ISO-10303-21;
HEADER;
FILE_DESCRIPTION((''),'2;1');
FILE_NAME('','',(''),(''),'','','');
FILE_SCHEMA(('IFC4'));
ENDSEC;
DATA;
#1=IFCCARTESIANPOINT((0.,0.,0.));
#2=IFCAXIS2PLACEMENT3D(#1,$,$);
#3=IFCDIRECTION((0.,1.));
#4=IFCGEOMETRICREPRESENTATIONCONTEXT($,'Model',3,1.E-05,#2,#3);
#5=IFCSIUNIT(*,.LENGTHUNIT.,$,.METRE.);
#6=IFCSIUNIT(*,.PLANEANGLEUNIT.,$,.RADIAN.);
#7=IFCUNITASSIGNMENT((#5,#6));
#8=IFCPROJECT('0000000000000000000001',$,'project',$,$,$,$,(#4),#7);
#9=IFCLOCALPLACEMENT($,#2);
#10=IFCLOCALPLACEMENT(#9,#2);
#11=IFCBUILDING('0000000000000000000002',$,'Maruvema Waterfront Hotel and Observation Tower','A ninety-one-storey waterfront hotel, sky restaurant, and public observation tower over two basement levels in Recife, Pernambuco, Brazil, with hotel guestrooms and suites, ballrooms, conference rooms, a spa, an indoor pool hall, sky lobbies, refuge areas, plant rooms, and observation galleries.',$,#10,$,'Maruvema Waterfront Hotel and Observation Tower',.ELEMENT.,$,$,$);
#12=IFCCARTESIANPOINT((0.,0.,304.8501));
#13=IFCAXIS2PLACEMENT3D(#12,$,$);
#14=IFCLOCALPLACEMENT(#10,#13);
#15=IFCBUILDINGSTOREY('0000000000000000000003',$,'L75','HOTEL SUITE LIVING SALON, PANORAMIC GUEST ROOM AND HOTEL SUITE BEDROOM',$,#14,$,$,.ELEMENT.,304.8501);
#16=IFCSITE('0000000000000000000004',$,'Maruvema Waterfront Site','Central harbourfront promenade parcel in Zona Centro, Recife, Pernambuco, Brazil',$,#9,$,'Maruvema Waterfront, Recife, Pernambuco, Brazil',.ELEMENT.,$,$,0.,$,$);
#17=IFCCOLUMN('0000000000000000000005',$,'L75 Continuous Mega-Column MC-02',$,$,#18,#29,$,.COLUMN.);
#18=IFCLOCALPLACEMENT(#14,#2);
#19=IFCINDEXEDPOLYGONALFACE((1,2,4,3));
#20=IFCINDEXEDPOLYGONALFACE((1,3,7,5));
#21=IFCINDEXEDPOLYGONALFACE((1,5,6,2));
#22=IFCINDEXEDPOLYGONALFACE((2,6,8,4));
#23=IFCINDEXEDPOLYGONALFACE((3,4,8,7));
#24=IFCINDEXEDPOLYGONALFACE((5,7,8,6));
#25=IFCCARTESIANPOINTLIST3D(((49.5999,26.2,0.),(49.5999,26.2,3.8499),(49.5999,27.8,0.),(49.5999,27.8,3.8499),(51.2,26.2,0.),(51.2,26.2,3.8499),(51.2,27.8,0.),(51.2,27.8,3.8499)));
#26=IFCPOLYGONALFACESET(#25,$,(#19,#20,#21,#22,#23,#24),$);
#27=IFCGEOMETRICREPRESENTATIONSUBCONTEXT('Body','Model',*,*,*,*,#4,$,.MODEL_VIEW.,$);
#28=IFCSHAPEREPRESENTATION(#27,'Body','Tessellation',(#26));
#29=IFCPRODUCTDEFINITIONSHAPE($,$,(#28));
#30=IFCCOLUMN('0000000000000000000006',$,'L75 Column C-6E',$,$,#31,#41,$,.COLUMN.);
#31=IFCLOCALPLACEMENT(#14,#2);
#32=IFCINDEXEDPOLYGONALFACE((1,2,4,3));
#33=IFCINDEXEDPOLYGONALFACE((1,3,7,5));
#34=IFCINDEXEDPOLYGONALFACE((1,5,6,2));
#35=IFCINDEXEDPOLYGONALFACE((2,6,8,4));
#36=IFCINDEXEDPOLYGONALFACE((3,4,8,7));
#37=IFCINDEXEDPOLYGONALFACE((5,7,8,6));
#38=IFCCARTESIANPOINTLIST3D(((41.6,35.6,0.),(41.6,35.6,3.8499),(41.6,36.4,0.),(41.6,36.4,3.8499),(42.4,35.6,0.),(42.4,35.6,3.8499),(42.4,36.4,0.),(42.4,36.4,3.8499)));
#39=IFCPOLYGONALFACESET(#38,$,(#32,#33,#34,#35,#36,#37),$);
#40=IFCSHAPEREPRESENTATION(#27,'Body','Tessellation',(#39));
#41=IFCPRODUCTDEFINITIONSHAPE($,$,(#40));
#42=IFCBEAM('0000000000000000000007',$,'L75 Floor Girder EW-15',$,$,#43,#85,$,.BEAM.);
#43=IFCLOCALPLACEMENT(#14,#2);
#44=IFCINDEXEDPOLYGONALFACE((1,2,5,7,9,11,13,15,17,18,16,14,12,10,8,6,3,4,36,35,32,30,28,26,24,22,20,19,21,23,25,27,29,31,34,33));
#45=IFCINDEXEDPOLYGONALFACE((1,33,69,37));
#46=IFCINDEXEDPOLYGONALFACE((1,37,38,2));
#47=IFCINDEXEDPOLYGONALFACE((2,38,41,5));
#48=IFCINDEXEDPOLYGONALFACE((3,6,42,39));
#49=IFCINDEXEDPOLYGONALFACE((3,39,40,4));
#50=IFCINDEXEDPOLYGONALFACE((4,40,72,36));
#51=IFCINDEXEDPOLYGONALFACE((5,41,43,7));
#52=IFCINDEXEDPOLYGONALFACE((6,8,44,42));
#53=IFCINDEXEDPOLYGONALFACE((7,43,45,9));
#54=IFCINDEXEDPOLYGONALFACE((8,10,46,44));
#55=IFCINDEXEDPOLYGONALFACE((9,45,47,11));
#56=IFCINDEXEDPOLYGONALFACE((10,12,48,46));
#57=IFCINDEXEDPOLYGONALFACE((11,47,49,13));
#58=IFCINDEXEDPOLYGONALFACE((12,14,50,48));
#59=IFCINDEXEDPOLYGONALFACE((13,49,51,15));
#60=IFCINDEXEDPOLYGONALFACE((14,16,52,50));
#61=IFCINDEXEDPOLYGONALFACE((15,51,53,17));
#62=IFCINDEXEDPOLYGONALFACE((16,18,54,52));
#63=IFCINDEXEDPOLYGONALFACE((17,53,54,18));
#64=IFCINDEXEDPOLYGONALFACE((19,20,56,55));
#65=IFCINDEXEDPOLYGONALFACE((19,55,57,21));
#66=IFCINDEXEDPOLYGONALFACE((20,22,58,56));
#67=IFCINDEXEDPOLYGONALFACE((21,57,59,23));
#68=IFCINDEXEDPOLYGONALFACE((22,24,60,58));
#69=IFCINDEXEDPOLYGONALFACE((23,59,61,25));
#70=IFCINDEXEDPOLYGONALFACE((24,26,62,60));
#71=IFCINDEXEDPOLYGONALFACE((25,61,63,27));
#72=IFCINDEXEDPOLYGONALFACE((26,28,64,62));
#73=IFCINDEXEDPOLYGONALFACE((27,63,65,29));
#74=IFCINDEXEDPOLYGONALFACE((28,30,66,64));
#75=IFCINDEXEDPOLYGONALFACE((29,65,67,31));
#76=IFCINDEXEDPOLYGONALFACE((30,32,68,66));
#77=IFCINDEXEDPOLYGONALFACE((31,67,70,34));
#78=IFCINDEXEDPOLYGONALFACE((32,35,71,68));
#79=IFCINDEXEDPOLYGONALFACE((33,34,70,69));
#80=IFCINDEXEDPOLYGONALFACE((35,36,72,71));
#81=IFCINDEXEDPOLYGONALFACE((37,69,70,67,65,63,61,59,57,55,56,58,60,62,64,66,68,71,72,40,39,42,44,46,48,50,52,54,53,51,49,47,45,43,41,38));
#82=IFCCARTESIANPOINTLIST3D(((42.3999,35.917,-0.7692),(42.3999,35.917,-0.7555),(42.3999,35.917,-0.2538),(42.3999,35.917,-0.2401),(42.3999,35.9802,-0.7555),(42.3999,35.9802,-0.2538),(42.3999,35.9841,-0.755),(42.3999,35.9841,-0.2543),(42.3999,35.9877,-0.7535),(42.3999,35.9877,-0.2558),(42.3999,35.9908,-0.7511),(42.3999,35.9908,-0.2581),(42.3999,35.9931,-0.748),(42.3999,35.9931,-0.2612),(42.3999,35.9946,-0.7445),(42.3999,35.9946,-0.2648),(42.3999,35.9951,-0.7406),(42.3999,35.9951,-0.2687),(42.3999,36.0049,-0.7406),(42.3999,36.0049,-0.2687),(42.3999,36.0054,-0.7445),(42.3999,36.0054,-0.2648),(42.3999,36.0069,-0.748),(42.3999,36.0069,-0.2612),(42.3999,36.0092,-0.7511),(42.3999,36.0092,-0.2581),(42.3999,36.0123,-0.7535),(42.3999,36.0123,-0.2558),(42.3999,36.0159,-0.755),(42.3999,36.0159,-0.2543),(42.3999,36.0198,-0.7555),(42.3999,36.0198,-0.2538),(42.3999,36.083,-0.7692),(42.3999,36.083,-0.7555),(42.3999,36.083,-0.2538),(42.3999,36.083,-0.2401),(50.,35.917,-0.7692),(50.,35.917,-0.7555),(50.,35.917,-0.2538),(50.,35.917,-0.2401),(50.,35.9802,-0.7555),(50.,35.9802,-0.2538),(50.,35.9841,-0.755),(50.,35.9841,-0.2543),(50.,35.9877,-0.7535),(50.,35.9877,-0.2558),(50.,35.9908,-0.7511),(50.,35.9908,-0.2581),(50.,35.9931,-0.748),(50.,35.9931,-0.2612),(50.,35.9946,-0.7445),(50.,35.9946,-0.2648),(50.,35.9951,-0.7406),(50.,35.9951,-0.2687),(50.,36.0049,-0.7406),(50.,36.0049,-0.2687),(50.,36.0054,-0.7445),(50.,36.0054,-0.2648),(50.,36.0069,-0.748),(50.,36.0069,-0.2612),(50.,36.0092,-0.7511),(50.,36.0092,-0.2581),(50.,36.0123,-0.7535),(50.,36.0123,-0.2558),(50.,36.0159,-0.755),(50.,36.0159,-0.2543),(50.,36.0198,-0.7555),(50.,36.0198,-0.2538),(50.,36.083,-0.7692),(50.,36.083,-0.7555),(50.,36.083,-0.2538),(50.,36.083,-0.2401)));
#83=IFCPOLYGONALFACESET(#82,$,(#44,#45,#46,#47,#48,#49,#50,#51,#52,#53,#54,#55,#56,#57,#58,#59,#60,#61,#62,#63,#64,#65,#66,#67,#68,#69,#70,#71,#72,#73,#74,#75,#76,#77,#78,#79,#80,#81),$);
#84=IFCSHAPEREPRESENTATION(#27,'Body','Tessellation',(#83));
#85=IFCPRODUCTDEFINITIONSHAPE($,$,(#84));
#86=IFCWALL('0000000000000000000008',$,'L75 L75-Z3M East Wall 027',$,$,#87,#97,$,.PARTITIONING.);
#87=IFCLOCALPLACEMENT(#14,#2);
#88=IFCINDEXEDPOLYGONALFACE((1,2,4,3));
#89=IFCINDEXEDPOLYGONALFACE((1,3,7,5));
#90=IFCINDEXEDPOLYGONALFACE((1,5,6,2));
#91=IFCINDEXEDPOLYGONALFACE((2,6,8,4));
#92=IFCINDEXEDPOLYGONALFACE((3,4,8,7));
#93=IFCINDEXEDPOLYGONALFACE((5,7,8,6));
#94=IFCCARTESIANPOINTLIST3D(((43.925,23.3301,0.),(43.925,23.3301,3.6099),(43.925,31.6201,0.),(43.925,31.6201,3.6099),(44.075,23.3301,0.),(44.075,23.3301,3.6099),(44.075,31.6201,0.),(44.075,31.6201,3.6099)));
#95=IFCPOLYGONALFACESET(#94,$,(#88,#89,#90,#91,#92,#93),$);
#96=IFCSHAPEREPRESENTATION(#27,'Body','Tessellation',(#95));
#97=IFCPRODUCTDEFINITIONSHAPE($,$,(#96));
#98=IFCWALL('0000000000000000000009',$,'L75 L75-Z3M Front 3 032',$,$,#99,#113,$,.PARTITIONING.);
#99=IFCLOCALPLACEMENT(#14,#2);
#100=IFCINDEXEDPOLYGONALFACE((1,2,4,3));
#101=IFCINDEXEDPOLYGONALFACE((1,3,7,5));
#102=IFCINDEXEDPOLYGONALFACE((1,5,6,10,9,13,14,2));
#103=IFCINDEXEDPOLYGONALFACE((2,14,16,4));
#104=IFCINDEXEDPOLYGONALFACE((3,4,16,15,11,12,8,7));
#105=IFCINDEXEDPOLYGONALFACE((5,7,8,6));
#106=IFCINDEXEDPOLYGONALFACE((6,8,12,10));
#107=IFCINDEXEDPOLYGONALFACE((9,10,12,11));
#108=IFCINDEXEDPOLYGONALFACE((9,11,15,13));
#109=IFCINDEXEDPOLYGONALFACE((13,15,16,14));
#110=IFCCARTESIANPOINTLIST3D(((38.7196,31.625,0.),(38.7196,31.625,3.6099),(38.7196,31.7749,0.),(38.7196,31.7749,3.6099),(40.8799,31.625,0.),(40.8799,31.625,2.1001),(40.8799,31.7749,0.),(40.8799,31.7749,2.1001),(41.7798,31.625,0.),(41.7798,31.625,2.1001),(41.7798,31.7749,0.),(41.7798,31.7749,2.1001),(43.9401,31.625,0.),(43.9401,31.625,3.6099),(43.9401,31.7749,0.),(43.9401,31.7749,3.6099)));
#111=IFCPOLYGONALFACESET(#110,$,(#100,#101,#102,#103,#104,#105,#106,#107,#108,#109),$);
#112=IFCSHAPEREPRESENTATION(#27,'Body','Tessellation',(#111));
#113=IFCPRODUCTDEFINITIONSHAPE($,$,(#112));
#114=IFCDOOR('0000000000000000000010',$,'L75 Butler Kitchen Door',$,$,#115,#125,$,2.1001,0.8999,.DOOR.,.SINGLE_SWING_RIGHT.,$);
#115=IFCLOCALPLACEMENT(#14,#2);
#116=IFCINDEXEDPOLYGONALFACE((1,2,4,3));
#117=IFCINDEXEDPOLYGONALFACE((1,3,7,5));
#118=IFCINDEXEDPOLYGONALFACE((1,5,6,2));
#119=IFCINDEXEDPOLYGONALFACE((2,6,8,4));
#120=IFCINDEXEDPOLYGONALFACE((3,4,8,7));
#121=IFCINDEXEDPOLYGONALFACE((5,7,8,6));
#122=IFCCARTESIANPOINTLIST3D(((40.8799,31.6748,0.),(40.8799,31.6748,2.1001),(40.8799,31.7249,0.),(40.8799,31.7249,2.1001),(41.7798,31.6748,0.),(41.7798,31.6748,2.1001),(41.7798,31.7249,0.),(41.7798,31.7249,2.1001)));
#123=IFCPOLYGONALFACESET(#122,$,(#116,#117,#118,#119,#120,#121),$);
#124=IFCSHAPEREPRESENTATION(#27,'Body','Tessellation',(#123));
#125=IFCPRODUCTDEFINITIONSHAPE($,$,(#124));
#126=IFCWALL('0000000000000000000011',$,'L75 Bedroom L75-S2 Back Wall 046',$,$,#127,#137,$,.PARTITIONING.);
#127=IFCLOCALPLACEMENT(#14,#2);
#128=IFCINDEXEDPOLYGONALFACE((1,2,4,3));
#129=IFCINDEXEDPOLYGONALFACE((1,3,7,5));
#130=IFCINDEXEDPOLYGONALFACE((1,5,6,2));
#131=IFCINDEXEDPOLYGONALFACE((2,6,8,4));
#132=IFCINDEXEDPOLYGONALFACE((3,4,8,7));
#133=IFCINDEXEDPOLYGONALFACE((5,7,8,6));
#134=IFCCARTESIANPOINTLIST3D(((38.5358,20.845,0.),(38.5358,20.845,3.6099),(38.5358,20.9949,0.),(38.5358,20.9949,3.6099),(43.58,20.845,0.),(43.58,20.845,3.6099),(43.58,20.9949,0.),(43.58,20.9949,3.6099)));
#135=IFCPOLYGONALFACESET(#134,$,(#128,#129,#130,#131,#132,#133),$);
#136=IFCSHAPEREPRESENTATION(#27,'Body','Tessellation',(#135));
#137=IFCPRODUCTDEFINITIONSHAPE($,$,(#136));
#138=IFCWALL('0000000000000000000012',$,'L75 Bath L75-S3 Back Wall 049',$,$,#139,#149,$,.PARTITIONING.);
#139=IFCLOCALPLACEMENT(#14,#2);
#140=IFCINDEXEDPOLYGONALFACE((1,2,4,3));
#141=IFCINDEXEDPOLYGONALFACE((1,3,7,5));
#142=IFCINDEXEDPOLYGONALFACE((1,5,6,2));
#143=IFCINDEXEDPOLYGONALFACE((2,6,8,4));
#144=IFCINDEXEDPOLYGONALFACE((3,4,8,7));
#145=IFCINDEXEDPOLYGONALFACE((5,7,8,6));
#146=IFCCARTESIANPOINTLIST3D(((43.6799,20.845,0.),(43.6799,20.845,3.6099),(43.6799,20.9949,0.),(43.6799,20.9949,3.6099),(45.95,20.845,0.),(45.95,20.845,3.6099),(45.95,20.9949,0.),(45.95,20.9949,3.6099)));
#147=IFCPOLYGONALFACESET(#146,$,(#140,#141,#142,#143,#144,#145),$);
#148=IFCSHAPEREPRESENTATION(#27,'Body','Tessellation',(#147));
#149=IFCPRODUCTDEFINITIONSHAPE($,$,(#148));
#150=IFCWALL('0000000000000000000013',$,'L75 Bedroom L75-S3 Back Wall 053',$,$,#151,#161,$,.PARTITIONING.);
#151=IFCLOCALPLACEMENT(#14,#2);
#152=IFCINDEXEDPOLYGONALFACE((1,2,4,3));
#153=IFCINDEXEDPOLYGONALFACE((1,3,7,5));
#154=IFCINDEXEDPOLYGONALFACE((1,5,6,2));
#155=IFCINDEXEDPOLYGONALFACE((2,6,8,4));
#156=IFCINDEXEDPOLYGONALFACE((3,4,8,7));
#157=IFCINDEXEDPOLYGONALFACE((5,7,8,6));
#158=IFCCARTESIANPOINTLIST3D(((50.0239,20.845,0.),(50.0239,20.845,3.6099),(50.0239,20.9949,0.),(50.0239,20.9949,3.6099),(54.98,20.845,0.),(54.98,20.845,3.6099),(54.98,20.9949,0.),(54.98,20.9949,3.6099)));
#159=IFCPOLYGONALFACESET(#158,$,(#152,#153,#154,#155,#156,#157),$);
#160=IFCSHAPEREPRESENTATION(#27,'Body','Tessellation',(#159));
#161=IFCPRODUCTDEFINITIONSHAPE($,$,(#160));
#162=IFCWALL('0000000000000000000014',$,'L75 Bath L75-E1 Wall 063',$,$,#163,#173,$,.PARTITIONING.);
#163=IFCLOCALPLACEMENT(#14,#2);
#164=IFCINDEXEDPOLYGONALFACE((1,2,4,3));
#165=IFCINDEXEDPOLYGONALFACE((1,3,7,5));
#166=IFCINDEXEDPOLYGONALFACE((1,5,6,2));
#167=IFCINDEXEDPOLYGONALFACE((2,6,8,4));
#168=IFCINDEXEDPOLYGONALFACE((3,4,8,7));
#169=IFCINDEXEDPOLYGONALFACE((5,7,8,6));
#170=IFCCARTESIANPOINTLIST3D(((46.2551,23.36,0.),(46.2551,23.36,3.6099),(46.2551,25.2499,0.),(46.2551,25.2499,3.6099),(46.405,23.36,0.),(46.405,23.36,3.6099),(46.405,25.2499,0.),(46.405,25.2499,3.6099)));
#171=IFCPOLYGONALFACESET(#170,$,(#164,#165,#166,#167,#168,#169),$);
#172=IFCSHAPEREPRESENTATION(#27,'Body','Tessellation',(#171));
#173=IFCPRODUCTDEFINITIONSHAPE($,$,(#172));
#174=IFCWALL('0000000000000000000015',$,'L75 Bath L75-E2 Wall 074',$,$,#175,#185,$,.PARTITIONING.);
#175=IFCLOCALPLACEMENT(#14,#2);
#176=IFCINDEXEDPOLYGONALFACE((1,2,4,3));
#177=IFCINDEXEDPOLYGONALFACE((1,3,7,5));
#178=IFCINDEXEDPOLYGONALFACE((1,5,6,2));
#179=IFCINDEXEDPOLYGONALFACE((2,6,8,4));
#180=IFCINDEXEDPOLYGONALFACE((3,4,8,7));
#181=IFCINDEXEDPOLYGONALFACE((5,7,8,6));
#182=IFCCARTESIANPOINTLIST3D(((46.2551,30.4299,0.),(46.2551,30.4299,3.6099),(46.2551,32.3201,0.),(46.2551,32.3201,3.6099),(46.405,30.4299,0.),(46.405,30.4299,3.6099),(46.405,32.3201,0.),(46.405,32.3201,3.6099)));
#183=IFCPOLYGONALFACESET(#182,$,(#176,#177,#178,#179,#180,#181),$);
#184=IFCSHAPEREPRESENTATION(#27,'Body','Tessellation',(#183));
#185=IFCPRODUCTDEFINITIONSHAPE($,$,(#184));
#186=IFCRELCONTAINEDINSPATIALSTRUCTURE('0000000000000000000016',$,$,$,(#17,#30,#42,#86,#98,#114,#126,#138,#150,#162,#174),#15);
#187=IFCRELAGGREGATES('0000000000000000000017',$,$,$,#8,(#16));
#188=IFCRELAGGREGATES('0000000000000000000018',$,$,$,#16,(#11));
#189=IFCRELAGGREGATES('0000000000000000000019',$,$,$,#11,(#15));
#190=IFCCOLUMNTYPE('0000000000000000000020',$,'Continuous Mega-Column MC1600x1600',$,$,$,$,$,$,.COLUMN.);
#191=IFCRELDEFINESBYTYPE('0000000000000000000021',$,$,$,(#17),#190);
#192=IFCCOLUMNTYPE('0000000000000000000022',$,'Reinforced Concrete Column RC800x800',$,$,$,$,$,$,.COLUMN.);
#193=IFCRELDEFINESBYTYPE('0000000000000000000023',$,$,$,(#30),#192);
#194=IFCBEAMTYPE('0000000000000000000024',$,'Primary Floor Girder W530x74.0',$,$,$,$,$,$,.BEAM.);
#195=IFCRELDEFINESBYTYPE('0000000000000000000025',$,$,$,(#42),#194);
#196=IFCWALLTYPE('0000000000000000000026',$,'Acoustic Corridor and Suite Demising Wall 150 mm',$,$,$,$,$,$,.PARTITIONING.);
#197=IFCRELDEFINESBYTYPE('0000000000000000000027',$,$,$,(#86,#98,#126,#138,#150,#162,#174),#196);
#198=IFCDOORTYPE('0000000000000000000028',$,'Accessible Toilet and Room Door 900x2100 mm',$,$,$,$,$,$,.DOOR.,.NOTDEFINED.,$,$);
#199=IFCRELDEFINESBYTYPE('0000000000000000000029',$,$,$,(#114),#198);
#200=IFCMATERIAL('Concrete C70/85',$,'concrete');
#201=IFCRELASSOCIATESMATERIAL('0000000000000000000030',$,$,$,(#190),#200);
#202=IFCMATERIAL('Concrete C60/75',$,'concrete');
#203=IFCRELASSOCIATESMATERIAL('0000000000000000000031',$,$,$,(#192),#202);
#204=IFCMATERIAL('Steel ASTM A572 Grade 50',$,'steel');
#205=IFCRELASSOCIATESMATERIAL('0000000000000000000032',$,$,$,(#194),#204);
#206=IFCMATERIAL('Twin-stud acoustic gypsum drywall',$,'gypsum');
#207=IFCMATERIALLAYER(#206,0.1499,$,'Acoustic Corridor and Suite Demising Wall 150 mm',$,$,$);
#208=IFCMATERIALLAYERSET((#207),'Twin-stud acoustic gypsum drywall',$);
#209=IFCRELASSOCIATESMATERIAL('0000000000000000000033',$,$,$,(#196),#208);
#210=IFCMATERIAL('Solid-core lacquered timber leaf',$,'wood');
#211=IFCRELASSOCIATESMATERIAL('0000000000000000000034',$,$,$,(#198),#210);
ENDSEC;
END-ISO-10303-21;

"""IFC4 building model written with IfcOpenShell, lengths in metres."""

from ifc_helpers import new_model, si_unit, direction, frame, frame_2d, origin, origin_2d, place, context, subcontext, project, spatial, rectangle, i_section, extrude, material, layer, layer_set, material_profile, profile_set, type_object, element, fill, save


model = new_model("IFC4")

# Units and contexts
model_context = context("Model", 3, precision=1e-05, world=origin(), true_north=direction((0.0, 1.0)))
body_context = subcontext(model_context, "Body", "Model", "MODEL_VIEW")
ifc_project = project(units=[si_unit("LENGTHUNIT", "METRE"), si_unit("PLANEANGLEUNIT", "RADIAN")], contexts=[model_context])

# Site, building, storey
site_placement = place(None, origin())
site = spatial("IfcSite", under=ifc_project, at=site_placement, Name="Maruvema Waterfront Site", Description="Central harbourfront promenade parcel in Zona Centro, Recife, Pernambuco, Brazil", LongName="Maruvema Waterfront, Recife, Pernambuco, Brazil", CompositionType="ELEMENT", RefElevation=0.0)
building_placement = place(site_placement, origin())
building = spatial("IfcBuilding", under=site, at=building_placement, Name="Maruvema Waterfront Hotel and Observation Tower", Description="A ninety-one-storey waterfront hotel, sky restaurant, and public observation tower over two basement levels in Recife, Pernambuco, Brazil, with hotel guestrooms and suites, ballrooms, conference rooms, a spa, an indoor pool hall, sky lobbies, refuge areas, plant rooms, and observation galleries.", LongName="Maruvema Waterfront Hotel and Observation Tower", CompositionType="ELEMENT")
storey_placement = place(building_placement, frame((0.0, 0.0, 304.8501)))
storey = spatial("IfcBuildingStorey", under=building, at=storey_placement, Name="L75", Description="HOTEL SUITE LIVING SALON, PANORAMIC GUEST ROOM AND HOTEL SUITE BEDROOM", CompositionType="ELEMENT", Elevation=304.8501)

# Columns
ifc_material_1 = material(Name="Concrete C70/85", Category="concrete")
ifc_material_profile_1 = material_profile(ifc_material_1, rectangle(XDim=1.6001, YDim=1.6001, at=origin_2d()), Name="MC1600x1600")
ifc_profile_set_1 = profile_set([ifc_material_profile_1], Name="Concrete C70/85")
column_type_1 = type_object("IfcColumnType", Name="Continuous Mega-Column MC1600x1600", PredefinedType="COLUMN", material=ifc_profile_set_1)
column_1_placement = place(storey_placement, frame((50.3999, 27.0, 0.0), z_axis=(0.0, 0.0, 1.0), x_axis=(1.0, 0.0, 0.0)))
element("IfcColumn", 1, at=column_1_placement, inside=storey, type_object=column_type_1, Name="L75 Continuous Mega-Column MC-02", PredefinedType="COLUMN", context=body_context, shape_type="SweptSolid", body=[
    extrude(rectangle(XDim=1.6001, YDim=1.6001, at=origin_2d()), origin(), (0.0, 0.0, 1.0), 3.8499),
])
ifc_material_2 = material(Name="Concrete C60/75", Category="concrete")
ifc_material_profile_2 = material_profile(ifc_material_2, rectangle(XDim=0.8, YDim=0.8, at=origin_2d()), Name="RC800x800")
ifc_profile_set_2 = profile_set([ifc_material_profile_2], Name="Concrete C60/75")
column_type_2 = type_object("IfcColumnType", Name="Reinforced Concrete Column RC800x800", PredefinedType="COLUMN", material=ifc_profile_set_2)
column_2_placement = place(storey_placement, frame((42.0, 36.0, 0.0), z_axis=(0.0, 0.0, 1.0), x_axis=(1.0, 0.0, 0.0)))
element("IfcColumn", 2, at=column_2_placement, inside=storey, type_object=column_type_2, Name="L75 Column C-6E", PredefinedType="COLUMN", context=body_context, shape_type="SweptSolid", body=[
    extrude(rectangle(XDim=0.8, YDim=0.8, at=origin_2d()), origin(), (0.0, 0.0, 1.0), 3.8499),
])

# Beam
ifc_material_3 = material(Name="Steel ASTM A572 Grade 50", Category="steel")
ifc_material_profile_3 = material_profile(ifc_material_3, i_section(OverallWidth=0.166, OverallDepth=0.5291, WebThickness=0.0098, FlangeThickness=0.0137, FilletRadius=0.0149, at=origin_2d()), Name="W530x74.0")
ifc_profile_set_3 = profile_set([ifc_material_profile_3], Name="Steel ASTM A572 Grade 50")
beam_type = type_object("IfcBeamType", Name="Primary Floor Girder W530x74.0", PredefinedType="BEAM", material=ifc_profile_set_3)
beam_placement = place(storey_placement, frame((42.3999, 36.0, -0.5046), z_axis=(1.0, 0.0, 0.0), x_axis=(0.0, 1.0, 0.0)))
element("IfcBeam", 3, at=beam_placement, inside=storey, type_object=beam_type, Name="L75 Floor Girder EW-15", PredefinedType="BEAM", context=body_context, shape_type="SweptSolid", body=[
    extrude(i_section(OverallWidth=0.166, OverallDepth=0.5291, WebThickness=0.0098, FlangeThickness=0.0137, FilletRadius=0.0149, at=origin_2d()), origin(), (0.0, 0.0, 1.0), 7.6001),
])

# Wall
ifc_material_4 = material(Name="Twin-stud acoustic gypsum drywall", Category="gypsum")
ifc_layer_1 = layer(ifc_material_4, 0.1499, Name="Acoustic Corridor and Suite Demising Wall 150 mm")
ifc_layer_set_1 = layer_set([ifc_layer_1], Name="Twin-stud acoustic gypsum drywall")
wall_type_1 = type_object("IfcWallType", Name="Acoustic Corridor and Suite Demising Wall 150 mm", PredefinedType="PARTITIONING", material=ifc_layer_set_1)
wall_1_placement = place(storey_placement, frame((44.0, 23.3301, 0.0), z_axis=(0.0, 0.0, 1.0), x_axis=(0.0, 1.0, 0.0)))
element("IfcWall", 4, at=wall_1_placement, inside=storey, type_object=wall_type_1, Name="L75 L75-Z3M East Wall 027", PredefinedType="PARTITIONING", context=body_context, shape_type="SweptSolid", body=[
    extrude(rectangle(XDim=8.29, YDim=0.1499, at=frame_2d((4.145, 0.0))), origin(), (0.0, 0.0, 1.0), 3.6099),
])

# Wall, opening, door
wall_2_placement = place(storey_placement, frame((38.7195, 31.7, 0.0), z_axis=(0.0, 0.0, 1.0), x_axis=(1.0, 0.0, 0.0)))
wall_2 = element("IfcWall", 5, at=wall_2_placement, inside=storey, type_object=wall_type_1, Name="L75 L75-Z3M Front 3 032", PredefinedType="PARTITIONING", context=body_context, shape_type="SweptSolid", body=[
    extrude(rectangle(XDim=5.2205, YDim=0.1499, at=frame_2d((2.6104, 0.0))), origin(), (0.0, 0.0, 1.0), 3.6099),
])
opening_1_placement = place(wall_2_placement, frame((2.1604, 0.0, 0.0)))
opening_1 = element("IfcOpeningElement", 6, at=opening_1_placement, cuts=wall_2, PredefinedType="OPENING", context=body_context, shape_type="SweptSolid", body=[
    extrude(rectangle(XDim=0.8999, YDim=2.1001, at=frame_2d((0.45, 1.05))), frame((0.0, 0.085, 0.0), z_axis=(0.0, -1.0, 0.0), x_axis=(1.0, 0.0, 0.0)), (0.0, 0.0, 1.0), 0.1699),
])
ifc_material_5 = material(Name="Solid-core lacquered timber leaf", Category="wood")
door_type_1 = type_object("IfcDoorType", Name="Accessible Toilet and Room Door 900x2100 mm", OperationType="NOTDEFINED", PredefinedType="DOOR", material=ifc_material_5)
door_1_placement = place(opening_1_placement, origin())
door_1 = element("IfcDoor", 7, at=door_1_placement, inside=storey, type_object=door_type_1, Name="L75 Butler Kitchen Door", OperationType="SINGLE_SWING_RIGHT", OverallHeight=2.1001, OverallWidth=0.8999, PredefinedType="DOOR", context=body_context, shape_type="SweptSolid", body=[
    extrude(rectangle(XDim=0.8999, YDim=2.1001, at=frame_2d((0.45, 1.05))), frame((0.0, 0.0249, 0.0), z_axis=(0.0, -1.0, 0.0), x_axis=(1.0, 0.0, 0.0)), (0.0, 0.0, 1.0), 0.05),
])
fill(opening_1, door_1)

# Walls
wall_3_placement = place(storey_placement, frame((38.5359, 20.9199, 0.0), z_axis=(0.0, 0.0, 1.0), x_axis=(1.0, 0.0, 0.0)))
element("IfcWall", 8, at=wall_3_placement, inside=storey, type_object=wall_type_1, Name="L75 Bedroom L75-S2 Back Wall 046", PredefinedType="PARTITIONING", context=body_context, shape_type="SweptSolid", body=[
    extrude(rectangle(XDim=5.0442, YDim=0.1499, at=frame_2d((2.522, 0.0))), origin(), (0.0, 0.0, 1.0), 3.6099),
])
wall_4_placement = place(storey_placement, frame((43.6799, 20.9199, 0.0), z_axis=(0.0, 0.0, 1.0), x_axis=(1.0, 0.0, 0.0)))
element("IfcWall", 9, at=wall_4_placement, inside=storey, type_object=wall_type_1, Name="L75 Bath L75-S3 Back Wall 049", PredefinedType="PARTITIONING", context=body_context, shape_type="SweptSolid", body=[
    extrude(rectangle(XDim=2.27, YDim=0.1499, at=frame_2d((1.135, 0.0))), origin(), (0.0, 0.0, 1.0), 3.6099),
])

# Walls
wall_5_placement = place(storey_placement, frame((50.0239, 20.9199, 0.0), z_axis=(0.0, 0.0, 1.0), x_axis=(1.0, 0.0, 0.0)))
element("IfcWall", 10, at=wall_5_placement, inside=storey, type_object=wall_type_1, Name="L75 Bedroom L75-S3 Back Wall 053", PredefinedType="PARTITIONING", context=body_context, shape_type="SweptSolid", body=[
    extrude(rectangle(XDim=4.9561, YDim=0.1499, at=frame_2d((2.478, 0.0))), origin(), (0.0, 0.0, 1.0), 3.6099),
])
wall_6_placement = place(storey_placement, frame((46.3301, 23.3601, 0.0), z_axis=(0.0, 0.0, 1.0), x_axis=(0.0, 1.0, 0.0)))
element("IfcWall", 11, at=wall_6_placement, inside=storey, type_object=wall_type_1, Name="L75 Bath L75-E1 Wall 063", PredefinedType="PARTITIONING", context=body_context, shape_type="SweptSolid", body=[
    extrude(rectangle(XDim=1.8899, YDim=0.1499, at=frame_2d((0.9448, 0.0))), origin(), (0.0, 0.0, 1.0), 3.6099),
])

# Wall
wall_7_placement = place(storey_placement, frame((46.3301, 30.4299, 0.0), z_axis=(0.0, 0.0, 1.0), x_axis=(0.0, 1.0, 0.0)))
element("IfcWall", 12, at=wall_7_placement, inside=storey, type_object=wall_type_1, Name="L75 Bath L75-E2 Wall 074", PredefinedType="PARTITIONING", context=body_context, shape_type="SweptSolid", body=[
    extrude(rectangle(XDim=1.8901, YDim=0.1499, at=frame_2d((0.9451, 0.0))), origin(), (0.0, 0.0, 1.0), 3.6099),
])

save(model, "model.ifc")
